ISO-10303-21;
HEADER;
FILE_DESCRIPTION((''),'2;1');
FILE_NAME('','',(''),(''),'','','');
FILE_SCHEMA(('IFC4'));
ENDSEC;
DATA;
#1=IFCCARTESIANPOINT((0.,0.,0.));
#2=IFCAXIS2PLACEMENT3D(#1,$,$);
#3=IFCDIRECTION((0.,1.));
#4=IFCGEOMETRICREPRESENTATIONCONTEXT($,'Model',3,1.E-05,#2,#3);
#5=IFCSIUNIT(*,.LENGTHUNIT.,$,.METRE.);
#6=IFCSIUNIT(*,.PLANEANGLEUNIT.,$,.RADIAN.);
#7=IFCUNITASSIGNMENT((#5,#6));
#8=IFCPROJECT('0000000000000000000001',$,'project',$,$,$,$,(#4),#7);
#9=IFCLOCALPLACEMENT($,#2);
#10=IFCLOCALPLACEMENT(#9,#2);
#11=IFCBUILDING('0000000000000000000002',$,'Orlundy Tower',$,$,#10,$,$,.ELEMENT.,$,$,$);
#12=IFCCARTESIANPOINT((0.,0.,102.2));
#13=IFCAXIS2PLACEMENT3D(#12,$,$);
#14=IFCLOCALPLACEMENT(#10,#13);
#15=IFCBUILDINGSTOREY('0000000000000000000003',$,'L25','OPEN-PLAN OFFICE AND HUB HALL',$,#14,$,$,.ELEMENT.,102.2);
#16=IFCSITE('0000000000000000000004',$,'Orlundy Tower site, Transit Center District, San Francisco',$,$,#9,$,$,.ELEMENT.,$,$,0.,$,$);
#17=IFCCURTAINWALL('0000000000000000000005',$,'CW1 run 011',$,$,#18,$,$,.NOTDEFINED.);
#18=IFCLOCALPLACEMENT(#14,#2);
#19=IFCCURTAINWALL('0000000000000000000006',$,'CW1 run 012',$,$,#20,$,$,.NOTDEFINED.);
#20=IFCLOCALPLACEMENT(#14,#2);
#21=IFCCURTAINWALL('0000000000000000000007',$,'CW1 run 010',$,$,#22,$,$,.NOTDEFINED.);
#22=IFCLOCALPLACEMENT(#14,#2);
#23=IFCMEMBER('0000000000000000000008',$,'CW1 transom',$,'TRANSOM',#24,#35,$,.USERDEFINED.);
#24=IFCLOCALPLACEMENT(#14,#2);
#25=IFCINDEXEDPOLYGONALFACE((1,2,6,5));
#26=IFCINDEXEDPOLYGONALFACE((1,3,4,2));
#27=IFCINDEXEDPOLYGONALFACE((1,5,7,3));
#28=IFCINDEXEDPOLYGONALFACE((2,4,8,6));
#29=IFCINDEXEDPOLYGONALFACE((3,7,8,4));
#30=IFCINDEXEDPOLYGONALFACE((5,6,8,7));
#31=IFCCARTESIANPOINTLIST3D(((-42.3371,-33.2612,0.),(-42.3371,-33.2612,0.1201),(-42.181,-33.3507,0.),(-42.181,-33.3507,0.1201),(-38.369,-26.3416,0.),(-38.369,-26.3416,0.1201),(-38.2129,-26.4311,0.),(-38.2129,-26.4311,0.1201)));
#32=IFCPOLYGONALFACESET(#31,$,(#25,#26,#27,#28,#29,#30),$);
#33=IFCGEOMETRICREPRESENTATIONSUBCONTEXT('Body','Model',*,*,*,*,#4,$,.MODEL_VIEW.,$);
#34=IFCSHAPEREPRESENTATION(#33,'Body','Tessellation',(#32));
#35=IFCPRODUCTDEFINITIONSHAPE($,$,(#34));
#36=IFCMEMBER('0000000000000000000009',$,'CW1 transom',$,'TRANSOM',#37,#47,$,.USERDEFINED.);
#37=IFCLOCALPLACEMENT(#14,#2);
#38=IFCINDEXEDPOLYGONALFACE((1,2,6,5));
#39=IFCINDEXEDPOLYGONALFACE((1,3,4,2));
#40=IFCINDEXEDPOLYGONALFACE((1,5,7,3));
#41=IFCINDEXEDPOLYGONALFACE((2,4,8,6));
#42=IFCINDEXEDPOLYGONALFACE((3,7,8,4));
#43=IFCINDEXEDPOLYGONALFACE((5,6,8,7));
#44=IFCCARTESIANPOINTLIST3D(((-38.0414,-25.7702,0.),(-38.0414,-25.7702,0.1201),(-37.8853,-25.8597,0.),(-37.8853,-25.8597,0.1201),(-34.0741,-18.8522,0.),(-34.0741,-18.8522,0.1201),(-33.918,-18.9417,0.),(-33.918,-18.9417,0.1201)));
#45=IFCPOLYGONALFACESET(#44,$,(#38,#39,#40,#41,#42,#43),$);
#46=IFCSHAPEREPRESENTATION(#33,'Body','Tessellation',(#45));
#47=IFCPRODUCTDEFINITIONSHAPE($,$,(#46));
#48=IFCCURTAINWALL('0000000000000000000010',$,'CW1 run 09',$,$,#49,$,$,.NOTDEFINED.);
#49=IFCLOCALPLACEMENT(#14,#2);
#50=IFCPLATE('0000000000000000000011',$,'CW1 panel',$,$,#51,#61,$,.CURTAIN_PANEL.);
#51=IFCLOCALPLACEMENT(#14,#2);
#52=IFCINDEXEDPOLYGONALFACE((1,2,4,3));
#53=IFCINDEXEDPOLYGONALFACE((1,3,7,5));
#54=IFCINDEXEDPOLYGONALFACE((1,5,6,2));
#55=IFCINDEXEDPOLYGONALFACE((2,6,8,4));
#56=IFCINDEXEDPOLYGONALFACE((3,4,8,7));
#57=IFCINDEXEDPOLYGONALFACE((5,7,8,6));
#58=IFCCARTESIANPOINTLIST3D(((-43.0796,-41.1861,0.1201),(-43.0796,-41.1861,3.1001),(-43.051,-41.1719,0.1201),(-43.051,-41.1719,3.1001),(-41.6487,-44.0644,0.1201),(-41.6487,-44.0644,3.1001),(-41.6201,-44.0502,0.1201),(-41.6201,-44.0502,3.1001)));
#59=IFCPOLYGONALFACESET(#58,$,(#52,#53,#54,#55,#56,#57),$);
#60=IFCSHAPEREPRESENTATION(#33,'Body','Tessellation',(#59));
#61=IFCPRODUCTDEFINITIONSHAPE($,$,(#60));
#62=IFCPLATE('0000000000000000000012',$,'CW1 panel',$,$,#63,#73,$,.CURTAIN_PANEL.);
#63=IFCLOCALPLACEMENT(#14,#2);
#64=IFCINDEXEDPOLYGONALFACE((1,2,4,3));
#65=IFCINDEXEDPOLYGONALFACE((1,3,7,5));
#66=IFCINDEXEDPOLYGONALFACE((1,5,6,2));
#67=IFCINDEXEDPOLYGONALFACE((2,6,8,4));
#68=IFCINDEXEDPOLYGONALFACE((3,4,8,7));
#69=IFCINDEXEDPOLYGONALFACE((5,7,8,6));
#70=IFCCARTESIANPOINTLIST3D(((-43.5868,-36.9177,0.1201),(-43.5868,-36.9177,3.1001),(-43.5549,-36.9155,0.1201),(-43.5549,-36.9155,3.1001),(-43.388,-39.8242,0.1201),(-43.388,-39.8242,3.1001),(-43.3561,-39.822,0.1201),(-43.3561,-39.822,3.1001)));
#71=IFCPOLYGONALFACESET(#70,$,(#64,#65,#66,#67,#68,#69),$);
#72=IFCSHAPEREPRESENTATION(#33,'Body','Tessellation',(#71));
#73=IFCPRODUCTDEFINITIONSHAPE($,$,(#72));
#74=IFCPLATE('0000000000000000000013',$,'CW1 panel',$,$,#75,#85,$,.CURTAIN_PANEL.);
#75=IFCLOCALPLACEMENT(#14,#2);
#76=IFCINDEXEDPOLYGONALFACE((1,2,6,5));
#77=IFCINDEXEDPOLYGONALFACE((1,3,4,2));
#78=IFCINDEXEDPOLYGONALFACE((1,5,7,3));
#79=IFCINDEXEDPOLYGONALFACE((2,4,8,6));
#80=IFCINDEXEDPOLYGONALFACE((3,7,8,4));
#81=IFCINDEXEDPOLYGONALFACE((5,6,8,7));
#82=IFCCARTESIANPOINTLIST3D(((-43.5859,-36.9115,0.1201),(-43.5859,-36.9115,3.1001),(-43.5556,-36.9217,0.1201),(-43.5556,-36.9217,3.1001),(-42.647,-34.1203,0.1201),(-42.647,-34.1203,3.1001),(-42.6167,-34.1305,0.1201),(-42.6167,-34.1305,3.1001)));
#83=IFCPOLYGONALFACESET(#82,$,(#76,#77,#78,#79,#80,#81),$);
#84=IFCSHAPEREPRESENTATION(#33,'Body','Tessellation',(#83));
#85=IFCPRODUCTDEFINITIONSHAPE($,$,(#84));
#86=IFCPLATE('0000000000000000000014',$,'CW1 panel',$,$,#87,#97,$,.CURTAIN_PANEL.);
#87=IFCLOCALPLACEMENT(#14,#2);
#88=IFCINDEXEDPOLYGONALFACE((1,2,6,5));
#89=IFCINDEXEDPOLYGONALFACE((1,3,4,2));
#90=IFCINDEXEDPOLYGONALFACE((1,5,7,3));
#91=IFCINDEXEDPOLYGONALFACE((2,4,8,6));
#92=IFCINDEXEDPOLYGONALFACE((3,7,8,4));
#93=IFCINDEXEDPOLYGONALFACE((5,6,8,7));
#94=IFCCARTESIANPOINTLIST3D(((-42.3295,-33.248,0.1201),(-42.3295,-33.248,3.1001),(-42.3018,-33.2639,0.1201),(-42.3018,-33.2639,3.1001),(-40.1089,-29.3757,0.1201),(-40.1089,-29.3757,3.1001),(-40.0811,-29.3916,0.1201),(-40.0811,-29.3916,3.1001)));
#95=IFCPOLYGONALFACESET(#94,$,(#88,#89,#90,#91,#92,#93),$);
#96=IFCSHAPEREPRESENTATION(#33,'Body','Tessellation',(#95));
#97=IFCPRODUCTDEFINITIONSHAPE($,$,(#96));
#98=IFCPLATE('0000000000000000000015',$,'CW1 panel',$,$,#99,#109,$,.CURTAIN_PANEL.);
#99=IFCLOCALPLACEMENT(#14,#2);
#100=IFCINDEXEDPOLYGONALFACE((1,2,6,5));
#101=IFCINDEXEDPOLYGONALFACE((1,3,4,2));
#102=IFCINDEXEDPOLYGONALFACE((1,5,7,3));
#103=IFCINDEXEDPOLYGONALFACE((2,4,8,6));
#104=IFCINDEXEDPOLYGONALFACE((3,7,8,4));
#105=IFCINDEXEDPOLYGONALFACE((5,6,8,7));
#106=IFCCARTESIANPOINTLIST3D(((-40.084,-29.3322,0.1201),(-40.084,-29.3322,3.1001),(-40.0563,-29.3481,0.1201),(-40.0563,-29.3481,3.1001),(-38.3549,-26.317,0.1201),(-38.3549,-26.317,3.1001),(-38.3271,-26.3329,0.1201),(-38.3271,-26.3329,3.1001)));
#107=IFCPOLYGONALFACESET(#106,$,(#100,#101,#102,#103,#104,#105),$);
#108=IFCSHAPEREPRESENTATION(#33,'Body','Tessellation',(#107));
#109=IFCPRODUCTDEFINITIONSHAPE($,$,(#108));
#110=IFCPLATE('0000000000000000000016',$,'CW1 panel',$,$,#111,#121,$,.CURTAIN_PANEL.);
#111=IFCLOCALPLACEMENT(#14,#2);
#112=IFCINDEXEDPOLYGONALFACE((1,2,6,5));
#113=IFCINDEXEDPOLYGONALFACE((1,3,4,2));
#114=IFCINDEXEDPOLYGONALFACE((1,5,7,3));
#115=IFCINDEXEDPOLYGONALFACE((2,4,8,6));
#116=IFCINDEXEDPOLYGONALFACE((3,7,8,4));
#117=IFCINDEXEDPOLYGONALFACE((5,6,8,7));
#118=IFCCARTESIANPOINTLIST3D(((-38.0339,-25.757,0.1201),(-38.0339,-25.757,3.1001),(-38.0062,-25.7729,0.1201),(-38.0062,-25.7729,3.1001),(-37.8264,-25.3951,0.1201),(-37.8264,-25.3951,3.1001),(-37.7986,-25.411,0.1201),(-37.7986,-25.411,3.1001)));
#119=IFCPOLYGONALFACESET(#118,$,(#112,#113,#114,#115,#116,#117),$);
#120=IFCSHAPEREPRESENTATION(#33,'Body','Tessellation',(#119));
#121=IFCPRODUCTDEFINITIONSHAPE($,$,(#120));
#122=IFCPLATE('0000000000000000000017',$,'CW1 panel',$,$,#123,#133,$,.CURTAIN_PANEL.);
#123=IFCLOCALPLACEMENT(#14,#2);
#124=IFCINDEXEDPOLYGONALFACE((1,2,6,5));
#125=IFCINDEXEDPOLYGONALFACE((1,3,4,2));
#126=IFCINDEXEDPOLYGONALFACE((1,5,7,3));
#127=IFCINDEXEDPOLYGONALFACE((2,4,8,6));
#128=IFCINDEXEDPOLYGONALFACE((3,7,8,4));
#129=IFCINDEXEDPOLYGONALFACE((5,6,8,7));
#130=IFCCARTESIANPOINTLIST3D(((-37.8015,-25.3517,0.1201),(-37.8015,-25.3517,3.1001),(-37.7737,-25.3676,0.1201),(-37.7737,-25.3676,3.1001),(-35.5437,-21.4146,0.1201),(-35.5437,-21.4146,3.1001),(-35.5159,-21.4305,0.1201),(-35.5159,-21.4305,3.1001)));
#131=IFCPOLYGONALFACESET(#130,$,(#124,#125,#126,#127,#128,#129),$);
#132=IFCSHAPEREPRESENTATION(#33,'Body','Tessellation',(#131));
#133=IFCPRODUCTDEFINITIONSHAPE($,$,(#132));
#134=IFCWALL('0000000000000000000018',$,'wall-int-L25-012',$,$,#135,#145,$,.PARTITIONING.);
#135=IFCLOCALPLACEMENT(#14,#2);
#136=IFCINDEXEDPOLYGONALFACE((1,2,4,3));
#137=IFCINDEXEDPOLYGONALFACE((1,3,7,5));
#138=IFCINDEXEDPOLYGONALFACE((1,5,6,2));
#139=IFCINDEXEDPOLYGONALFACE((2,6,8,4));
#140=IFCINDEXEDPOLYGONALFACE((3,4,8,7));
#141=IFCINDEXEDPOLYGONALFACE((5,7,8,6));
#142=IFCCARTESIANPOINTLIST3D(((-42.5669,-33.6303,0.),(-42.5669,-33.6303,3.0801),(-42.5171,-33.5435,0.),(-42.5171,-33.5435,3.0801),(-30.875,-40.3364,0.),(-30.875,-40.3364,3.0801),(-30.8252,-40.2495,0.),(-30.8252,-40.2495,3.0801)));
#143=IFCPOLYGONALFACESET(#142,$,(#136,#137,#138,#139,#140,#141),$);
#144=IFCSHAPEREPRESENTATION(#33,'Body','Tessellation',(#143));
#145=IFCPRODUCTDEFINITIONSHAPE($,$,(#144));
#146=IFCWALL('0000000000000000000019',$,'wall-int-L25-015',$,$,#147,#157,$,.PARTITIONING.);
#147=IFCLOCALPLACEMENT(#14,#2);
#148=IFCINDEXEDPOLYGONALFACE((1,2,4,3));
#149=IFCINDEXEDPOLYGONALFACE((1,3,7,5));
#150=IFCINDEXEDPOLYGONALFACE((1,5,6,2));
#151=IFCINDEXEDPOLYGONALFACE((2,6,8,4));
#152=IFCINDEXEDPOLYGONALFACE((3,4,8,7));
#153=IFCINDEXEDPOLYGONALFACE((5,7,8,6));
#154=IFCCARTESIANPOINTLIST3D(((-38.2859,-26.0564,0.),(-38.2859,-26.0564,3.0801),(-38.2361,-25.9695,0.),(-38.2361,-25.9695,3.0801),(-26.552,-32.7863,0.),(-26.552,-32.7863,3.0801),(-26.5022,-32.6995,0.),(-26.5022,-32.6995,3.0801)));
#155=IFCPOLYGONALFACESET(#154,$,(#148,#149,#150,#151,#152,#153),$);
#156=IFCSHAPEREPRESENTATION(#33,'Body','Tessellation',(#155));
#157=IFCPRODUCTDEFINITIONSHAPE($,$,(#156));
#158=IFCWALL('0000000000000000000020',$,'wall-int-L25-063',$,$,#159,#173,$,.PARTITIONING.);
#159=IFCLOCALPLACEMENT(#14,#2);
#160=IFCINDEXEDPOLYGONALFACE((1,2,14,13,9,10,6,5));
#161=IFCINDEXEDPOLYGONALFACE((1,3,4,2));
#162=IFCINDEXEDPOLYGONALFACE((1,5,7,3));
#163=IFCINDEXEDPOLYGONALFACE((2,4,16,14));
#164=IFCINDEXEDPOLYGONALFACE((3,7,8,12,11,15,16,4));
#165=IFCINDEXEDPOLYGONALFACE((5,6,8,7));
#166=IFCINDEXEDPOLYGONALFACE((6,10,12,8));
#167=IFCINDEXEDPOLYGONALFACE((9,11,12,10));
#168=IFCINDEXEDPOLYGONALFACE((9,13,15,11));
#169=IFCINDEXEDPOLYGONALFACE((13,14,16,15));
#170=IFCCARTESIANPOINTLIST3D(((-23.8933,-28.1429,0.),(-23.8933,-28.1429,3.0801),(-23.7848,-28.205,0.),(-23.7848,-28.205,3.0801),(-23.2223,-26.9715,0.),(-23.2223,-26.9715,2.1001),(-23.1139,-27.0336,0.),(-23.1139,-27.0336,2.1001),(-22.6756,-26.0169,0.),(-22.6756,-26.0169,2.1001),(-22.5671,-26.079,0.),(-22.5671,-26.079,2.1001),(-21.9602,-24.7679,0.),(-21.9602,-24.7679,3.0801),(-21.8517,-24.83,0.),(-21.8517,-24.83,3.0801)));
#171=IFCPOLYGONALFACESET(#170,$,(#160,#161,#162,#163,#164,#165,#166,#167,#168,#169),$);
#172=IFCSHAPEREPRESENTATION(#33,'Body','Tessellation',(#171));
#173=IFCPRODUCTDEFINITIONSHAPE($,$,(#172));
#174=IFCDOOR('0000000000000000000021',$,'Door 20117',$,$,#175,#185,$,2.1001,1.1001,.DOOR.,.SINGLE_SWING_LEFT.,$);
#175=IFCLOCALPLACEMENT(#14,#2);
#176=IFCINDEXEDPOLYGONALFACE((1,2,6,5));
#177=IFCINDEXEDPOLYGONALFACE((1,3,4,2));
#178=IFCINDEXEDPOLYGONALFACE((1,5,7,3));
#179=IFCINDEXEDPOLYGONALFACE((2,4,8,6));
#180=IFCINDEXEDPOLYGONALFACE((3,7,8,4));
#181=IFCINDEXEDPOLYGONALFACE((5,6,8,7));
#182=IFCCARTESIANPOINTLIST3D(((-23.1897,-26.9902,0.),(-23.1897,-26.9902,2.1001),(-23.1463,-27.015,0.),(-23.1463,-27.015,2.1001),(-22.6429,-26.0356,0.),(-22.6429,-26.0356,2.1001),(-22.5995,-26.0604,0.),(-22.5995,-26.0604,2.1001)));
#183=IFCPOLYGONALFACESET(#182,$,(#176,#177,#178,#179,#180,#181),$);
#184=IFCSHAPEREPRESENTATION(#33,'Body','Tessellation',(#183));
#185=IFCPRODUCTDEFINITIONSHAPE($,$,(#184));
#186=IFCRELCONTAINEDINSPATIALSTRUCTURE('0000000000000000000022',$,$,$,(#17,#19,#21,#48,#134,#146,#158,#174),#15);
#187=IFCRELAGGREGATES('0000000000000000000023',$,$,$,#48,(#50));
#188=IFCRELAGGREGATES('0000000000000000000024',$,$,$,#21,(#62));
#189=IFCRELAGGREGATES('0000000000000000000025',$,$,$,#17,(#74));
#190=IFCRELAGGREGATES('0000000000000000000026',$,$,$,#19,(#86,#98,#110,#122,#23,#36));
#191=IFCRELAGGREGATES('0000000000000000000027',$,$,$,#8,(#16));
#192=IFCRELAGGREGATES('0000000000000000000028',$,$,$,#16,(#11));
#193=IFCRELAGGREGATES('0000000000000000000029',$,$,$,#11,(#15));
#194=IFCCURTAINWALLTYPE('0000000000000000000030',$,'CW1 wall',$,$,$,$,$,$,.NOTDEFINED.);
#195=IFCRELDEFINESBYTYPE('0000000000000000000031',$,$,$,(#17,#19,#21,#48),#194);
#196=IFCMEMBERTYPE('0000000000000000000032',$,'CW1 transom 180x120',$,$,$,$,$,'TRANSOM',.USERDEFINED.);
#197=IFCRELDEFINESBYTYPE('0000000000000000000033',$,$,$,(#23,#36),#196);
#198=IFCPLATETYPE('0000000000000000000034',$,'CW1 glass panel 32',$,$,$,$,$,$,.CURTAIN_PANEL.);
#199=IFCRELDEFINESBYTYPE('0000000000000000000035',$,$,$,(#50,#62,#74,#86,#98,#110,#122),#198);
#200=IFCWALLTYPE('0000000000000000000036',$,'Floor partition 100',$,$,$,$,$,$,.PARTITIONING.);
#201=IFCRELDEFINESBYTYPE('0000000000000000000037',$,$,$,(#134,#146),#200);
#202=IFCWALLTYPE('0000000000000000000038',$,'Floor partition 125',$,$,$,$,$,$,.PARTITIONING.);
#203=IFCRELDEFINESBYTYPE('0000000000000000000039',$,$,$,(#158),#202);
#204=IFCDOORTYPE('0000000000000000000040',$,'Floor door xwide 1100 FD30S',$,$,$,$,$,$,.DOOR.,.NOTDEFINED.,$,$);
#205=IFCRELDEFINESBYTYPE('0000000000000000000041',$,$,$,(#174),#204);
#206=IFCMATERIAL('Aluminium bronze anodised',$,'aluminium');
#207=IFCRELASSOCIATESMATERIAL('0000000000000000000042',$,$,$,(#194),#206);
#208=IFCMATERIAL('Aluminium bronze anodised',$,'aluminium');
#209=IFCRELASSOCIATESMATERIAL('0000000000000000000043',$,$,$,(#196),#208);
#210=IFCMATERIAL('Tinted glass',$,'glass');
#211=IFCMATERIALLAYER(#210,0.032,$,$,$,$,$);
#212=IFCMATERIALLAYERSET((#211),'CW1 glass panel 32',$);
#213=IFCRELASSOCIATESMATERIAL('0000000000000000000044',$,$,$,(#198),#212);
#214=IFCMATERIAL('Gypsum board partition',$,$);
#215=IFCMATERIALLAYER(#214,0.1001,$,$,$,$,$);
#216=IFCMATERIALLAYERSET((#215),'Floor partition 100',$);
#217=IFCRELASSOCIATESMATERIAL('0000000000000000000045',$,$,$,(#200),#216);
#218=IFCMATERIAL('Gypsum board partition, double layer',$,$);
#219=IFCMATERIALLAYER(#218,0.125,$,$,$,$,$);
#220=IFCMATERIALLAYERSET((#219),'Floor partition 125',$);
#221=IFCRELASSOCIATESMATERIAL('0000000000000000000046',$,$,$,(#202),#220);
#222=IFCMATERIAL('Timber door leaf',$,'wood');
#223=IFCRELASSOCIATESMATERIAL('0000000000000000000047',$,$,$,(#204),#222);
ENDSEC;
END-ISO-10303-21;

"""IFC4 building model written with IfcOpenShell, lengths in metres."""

from ifc_helpers import new_model, si_unit, direction, frame, frame_2d, origin, origin_2d, place, context, subcontext, project, spatial, rectangle, extrude, material, layer, layer_set, material_profile, profile_set, type_object, element, fill, aggregate, save


model = new_model("IFC4")

# Units and contexts
model_context = context("Model", 3, precision=1e-05, world=origin(), true_north=direction((0.0, 1.0)))
body_context = subcontext(model_context, "Body", "Model", "MODEL_VIEW")
ifc_project = project(units=[si_unit("LENGTHUNIT", "METRE"), si_unit("PLANEANGLEUNIT", "RADIAN")], contexts=[model_context])

# Site, building, storey
site_placement = place(None, origin())
site = spatial("IfcSite", under=ifc_project, at=site_placement, Name="Orlundy Tower site, Transit Center District, San Francisco", CompositionType="ELEMENT", RefElevation=0.0)
building_placement = place(site_placement, origin())
building = spatial("IfcBuilding", under=site, at=building_placement, Name="Orlundy Tower", CompositionType="ELEMENT")
storey_placement = place(building_placement, frame((0.0, 0.0, 102.2)))
storey = spatial("IfcBuildingStorey", under=building, at=storey_placement, Name="L25", Description="OPEN-PLAN OFFICE AND HUB HALL", CompositionType="ELEMENT", Elevation=102.2)

# Curtain wall
ifc_material_1 = material(Name="Aluminium bronze anodised", Category="aluminium")
curtain_wall_type = type_object("IfcCurtainWallType", Name="CW1 wall", PredefinedType="NOTDEFINED", material=ifc_material_1)
curtain_wall_1_placement = place(storey_placement, origin())
curtain_wall_1 = element("IfcCurtainWall", 1, at=curtain_wall_1_placement, inside=storey, type_object=curtain_wall_type, Name="CW1 run 011", PredefinedType="NOTDEFINED")

# Curtain wall
curtain_wall_2_placement = place(storey_placement, origin())
curtain_wall_2 = element("IfcCurtainWall", 2, at=curtain_wall_2_placement, inside=storey, type_object=curtain_wall_type, Name="CW1 run 012", PredefinedType="NOTDEFINED")

# Curtain wall
curtain_wall_3_placement = place(storey_placement, origin())
curtain_wall_3 = element("IfcCurtainWall", 3, at=curtain_wall_3_placement, inside=storey, type_object=curtain_wall_type, Name="CW1 run 010", PredefinedType="NOTDEFINED")
ifc_material_2 = material(Name="Aluminium bronze anodised", Category="aluminium")
ifc_material_profile_1 = material_profile(ifc_material_2, rectangle(XDim=0.1799, YDim=0.1201, at=origin_2d()), Name="CW1 transom 180x120")
ifc_profile_set_1 = profile_set([ifc_material_profile_1], Name="Aluminium bronze anodised")
member_type_1 = type_object("IfcMemberType", Name="CW1 transom 180x120", ElementType="TRANSOM", PredefinedType="USERDEFINED", material=ifc_profile_set_1)

# Members
member_1_placement = place(storey_placement, frame((-42.259, -33.3059, 0.0601), z_axis=(0.497467, 0.867483, 0.0), x_axis=(-0.867483, 0.497467, 0.0)))
member_1 = element("IfcMember", 4, at=member_1_placement, type_object=member_type_1, Name="CW1 transom", ObjectType="TRANSOM", PredefinedType="USERDEFINED", context=body_context, shape_type="SweptSolid", body=[
    extrude(rectangle(XDim=0.1799, YDim=0.1201, at=origin_2d()), origin(), (0.0, 0.0, 1.0), 7.9766),
])
member_2_placement = place(storey_placement, frame((-37.9634, -25.8149, 0.0601), z_axis=(0.497477, 0.867477, 0.0), x_axis=(-0.867477, 0.497477, 0.0)))
member_2 = element("IfcMember", 5, at=member_2_placement, type_object=member_type_1, Name="CW1 transom", ObjectType="TRANSOM", PredefinedType="USERDEFINED", context=body_context, shape_type="SweptSolid", body=[
    extrude(rectangle(XDim=0.1799, YDim=0.1201, at=origin_2d()), origin(), (0.0, 0.0, 1.0), 7.9749),
])

# Curtain wall, plate
curtain_wall_4_placement = place(storey_placement, origin())
curtain_wall_4 = element("IfcCurtainWall", 6, at=curtain_wall_4_placement, inside=storey, type_object=curtain_wall_type, Name="CW1 run 09", PredefinedType="NOTDEFINED")
ifc_material_3 = material(Name="Tinted glass", Category="glass")
ifc_layer_1 = layer(ifc_material_3, 0.032)
ifc_layer_set_1 = layer_set([ifc_layer_1], Name="CW1 glass panel 32")
plate_type = type_object("IfcPlateType", Name="CW1 glass panel 32", PredefinedType="CURTAIN_PANEL", material=ifc_layer_set_1)
plate_1_placement = place(storey_placement, frame((-42.3499, -42.6182, 0.1201), z_axis=(0.0, 0.0, 1.0), x_axis=(-0.445162, 0.89545, 0.0)))
plate_1 = element("IfcPlate", 7, at=plate_1_placement, type_object=plate_type, Name="CW1 panel", PredefinedType="CURTAIN_PANEL", context=body_context, shape_type="SweptSolid", body=[
    extrude(rectangle(XDim=3.2144, YDim=0.032, at=origin_2d()), origin(), (0.0, 0.0, 1.0), 2.98),
])
aggregate(curtain_wall_4, [plate_1])

# Plates
plate_2_placement = place(storey_placement, frame((-43.4714, -38.3699, 0.1201), z_axis=(0.0, 0.0, 1.0), x_axis=(-0.068256, 0.997668, 0.0)))
plate_2 = element("IfcPlate", 8, at=plate_2_placement, type_object=plate_type, Name="CW1 panel", PredefinedType="CURTAIN_PANEL", context=body_context, shape_type="SweptSolid", body=[
    extrude(rectangle(XDim=2.9133, YDim=0.032, at=origin_2d()), origin(), (0.0, 0.0, 1.0), 2.98),
])
aggregate(curtain_wall_3, [plate_2])
plate_3_placement = place(storey_placement, frame((-43.1013, -35.521, 0.1201), z_axis=(0.0, 0.0, 1.0), x_axis=(0.318816, 0.947817, 0.0)))
plate_3 = element("IfcPlate", 9, at=plate_3_placement, type_object=plate_type, Name="CW1 panel", PredefinedType="CURTAIN_PANEL", context=body_context, shape_type="SweptSolid", body=[
    extrude(rectangle(XDim=2.9448, YDim=0.032, at=origin_2d()), origin(), (0.0, 0.0, 1.0), 2.98),
])
aggregate(curtain_wall_1, [plate_3])
plate_4_placement = place(storey_placement, frame((-41.2053, -31.3198, 0.1201), z_axis=(0.0, 0.0, 1.0), x_axis=(0.497468, 0.867482, 0.0)))
plate_4 = element("IfcPlate", 10, at=plate_4_placement, type_object=plate_type, Name="CW1 panel", PredefinedType="CURTAIN_PANEL", context=body_context, shape_type="SweptSolid", body=[
    extrude(rectangle(XDim=4.4639, YDim=0.032, at=origin_2d()), origin(), (0.0, 0.0, 1.0), 2.98),
])
plate_5_placement = place(storey_placement, frame((-39.2056, -27.8325, 0.1201), z_axis=(0.0, 0.0, 1.0), x_axis=(0.497468, 0.867482, 0.0)))
plate_5 = element("IfcPlate", 11, at=plate_5_placement, type_object=plate_type, Name="CW1 panel", PredefinedType="CURTAIN_PANEL", context=body_context, shape_type="SweptSolid", body=[
    extrude(rectangle(XDim=3.4758, YDim=0.032, at=origin_2d()), origin(), (0.0, 0.0, 1.0), 2.98),
])
plate_6_placement = place(storey_placement, frame((-37.9163, -25.584, 0.1201), z_axis=(0.0, 0.0, 1.0), x_axis=(0.497468, 0.867482, 0.0)))
plate_6 = element("IfcPlate", 12, at=plate_6_placement, type_object=plate_type, Name="CW1 panel", PredefinedType="CURTAIN_PANEL", context=body_context, shape_type="SweptSolid", body=[
    extrude(rectangle(XDim=0.4172, YDim=0.032, at=origin_2d()), origin(), (0.0, 0.0, 1.0), 2.98),
])
plate_7_placement = place(storey_placement, frame((-36.6587, -23.3911, 0.1201), z_axis=(0.0, 0.0, 1.0), x_axis=(0.497468, 0.867482, 0.0)))
plate_7 = element("IfcPlate", 13, at=plate_7_placement, type_object=plate_type, Name="CW1 panel", PredefinedType="CURTAIN_PANEL", context=body_context, shape_type="SweptSolid", body=[
    extrude(rectangle(XDim=4.5386, YDim=0.032, at=origin_2d()), origin(), (0.0, 0.0, 1.0), 2.98),
])
aggregate(curtain_wall_2, [plate_4, plate_5, plate_6, plate_7, member_1, member_2])

# Walls
ifc_material_4 = material(Name="Gypsum board partition")
ifc_layer_2 = layer(ifc_material_4, 0.1001)
ifc_layer_set_2 = layer_set([ifc_layer_2], Name="Floor partition 100")
wall_type_1 = type_object("IfcWallType", Name="Floor partition 100", PredefinedType="PARTITIONING", material=ifc_layer_set_2)
wall_1_placement = place(storey_placement, frame((-42.542, -33.5869, 0.0), z_axis=(0.0, 0.0, 1.0), x_axis=(0.867444, -0.497535, 0.0)))
element("IfcWall", 14, at=wall_1_placement, inside=storey, type_object=wall_type_1, Name="wall-int-L25-012", PredefinedType="PARTITIONING", context=body_context, shape_type="SweptSolid", body=[
    extrude(rectangle(XDim=13.4785, YDim=0.1001, at=frame_2d((6.7393, 0.0))), origin(), (0.0, 0.0, 1.0), 3.0801),
])
wall_2_placement = place(storey_placement, frame((-38.261, -26.0129, 0.0), z_axis=(0.0, 0.0, 1.0), x_axis=(0.867449, -0.497526, 0.0)))
element("IfcWall", 15, at=wall_2_placement, inside=storey, type_object=wall_type_1, Name="wall-int-L25-015", PredefinedType="PARTITIONING", context=body_context, shape_type="SweptSolid", body=[
    extrude(rectangle(XDim=13.5269, YDim=0.1001, at=frame_2d((6.7634, 0.0))), origin(), (0.0, 0.0, 1.0), 3.0801),
])

# Wall, opening, door
ifc_material_5 = material(Name="Gypsum board partition, double layer")
ifc_layer_3 = layer(ifc_material_5, 0.125)
ifc_layer_set_3 = layer_set([ifc_layer_3], Name="Floor partition 125")
wall_type_2 = type_object("IfcWallType", Name="Floor partition 125", PredefinedType="PARTITIONING", material=ifc_layer_set_3)
wall_3_placement = place(storey_placement, frame((-23.8391, -28.1741, 0.0), z_axis=(0.0, 0.0, 1.0), x_axis=(0.497017, 0.867741, 0.0)))
wall_3 = element("IfcWall", 16, at=wall_3_placement, inside=storey, type_object=wall_type_2, Name="wall-int-L25-063", PredefinedType="PARTITIONING", context=body_context, shape_type="SweptSolid", body=[
    extrude(rectangle(XDim=3.8894, YDim=0.125, at=frame_2d((1.9448, 0.0))), origin(), (0.0, 0.0, 1.0), 3.0801),
])
opening_placement = place(wall_3_placement, frame((1.3501, 0.0, 0.0)))
opening = element("IfcOpeningElement", 17, at=opening_placement, cuts=wall_3, PredefinedType="OPENING", context=body_context, shape_type="SweptSolid", body=[
    extrude(rectangle(XDim=1.1001, YDim=2.1001, at=frame_2d((0.55, 1.05))), frame((0.0, 0.0725, 0.0), z_axis=(0.0, -1.0, 0.0), x_axis=(1.0, 0.0, 0.0)), (0.0, 0.0, 1.0), 0.145),
])
ifc_material_6 = material(Name="Timber door leaf", Category="wood")
door_type = type_object("IfcDoorType", Name="Floor door xwide 1100 FD30S", OperationType="NOTDEFINED", PredefinedType="DOOR", material=ifc_material_6)
door_placement = place(opening_placement, origin())
door = element("IfcDoor", 18, at=door_placement, inside=storey, type_object=door_type, Name="Door 20117", OperationType="SINGLE_SWING_LEFT", OverallHeight=2.1001, OverallWidth=1.1001, PredefinedType="DOOR", context=body_context, shape_type="SweptSolid", body=[
    extrude(rectangle(XDim=1.1001, YDim=2.1001, at=frame_2d((0.55, 1.05))), frame((0.0, 0.0249, 0.0), z_axis=(0.0, -1.0, 0.0), x_axis=(1.0, 0.0, 0.0)), (0.0, 0.0, 1.0), 0.05),
])
fill(opening, door)

save(model, "model.ifc")
